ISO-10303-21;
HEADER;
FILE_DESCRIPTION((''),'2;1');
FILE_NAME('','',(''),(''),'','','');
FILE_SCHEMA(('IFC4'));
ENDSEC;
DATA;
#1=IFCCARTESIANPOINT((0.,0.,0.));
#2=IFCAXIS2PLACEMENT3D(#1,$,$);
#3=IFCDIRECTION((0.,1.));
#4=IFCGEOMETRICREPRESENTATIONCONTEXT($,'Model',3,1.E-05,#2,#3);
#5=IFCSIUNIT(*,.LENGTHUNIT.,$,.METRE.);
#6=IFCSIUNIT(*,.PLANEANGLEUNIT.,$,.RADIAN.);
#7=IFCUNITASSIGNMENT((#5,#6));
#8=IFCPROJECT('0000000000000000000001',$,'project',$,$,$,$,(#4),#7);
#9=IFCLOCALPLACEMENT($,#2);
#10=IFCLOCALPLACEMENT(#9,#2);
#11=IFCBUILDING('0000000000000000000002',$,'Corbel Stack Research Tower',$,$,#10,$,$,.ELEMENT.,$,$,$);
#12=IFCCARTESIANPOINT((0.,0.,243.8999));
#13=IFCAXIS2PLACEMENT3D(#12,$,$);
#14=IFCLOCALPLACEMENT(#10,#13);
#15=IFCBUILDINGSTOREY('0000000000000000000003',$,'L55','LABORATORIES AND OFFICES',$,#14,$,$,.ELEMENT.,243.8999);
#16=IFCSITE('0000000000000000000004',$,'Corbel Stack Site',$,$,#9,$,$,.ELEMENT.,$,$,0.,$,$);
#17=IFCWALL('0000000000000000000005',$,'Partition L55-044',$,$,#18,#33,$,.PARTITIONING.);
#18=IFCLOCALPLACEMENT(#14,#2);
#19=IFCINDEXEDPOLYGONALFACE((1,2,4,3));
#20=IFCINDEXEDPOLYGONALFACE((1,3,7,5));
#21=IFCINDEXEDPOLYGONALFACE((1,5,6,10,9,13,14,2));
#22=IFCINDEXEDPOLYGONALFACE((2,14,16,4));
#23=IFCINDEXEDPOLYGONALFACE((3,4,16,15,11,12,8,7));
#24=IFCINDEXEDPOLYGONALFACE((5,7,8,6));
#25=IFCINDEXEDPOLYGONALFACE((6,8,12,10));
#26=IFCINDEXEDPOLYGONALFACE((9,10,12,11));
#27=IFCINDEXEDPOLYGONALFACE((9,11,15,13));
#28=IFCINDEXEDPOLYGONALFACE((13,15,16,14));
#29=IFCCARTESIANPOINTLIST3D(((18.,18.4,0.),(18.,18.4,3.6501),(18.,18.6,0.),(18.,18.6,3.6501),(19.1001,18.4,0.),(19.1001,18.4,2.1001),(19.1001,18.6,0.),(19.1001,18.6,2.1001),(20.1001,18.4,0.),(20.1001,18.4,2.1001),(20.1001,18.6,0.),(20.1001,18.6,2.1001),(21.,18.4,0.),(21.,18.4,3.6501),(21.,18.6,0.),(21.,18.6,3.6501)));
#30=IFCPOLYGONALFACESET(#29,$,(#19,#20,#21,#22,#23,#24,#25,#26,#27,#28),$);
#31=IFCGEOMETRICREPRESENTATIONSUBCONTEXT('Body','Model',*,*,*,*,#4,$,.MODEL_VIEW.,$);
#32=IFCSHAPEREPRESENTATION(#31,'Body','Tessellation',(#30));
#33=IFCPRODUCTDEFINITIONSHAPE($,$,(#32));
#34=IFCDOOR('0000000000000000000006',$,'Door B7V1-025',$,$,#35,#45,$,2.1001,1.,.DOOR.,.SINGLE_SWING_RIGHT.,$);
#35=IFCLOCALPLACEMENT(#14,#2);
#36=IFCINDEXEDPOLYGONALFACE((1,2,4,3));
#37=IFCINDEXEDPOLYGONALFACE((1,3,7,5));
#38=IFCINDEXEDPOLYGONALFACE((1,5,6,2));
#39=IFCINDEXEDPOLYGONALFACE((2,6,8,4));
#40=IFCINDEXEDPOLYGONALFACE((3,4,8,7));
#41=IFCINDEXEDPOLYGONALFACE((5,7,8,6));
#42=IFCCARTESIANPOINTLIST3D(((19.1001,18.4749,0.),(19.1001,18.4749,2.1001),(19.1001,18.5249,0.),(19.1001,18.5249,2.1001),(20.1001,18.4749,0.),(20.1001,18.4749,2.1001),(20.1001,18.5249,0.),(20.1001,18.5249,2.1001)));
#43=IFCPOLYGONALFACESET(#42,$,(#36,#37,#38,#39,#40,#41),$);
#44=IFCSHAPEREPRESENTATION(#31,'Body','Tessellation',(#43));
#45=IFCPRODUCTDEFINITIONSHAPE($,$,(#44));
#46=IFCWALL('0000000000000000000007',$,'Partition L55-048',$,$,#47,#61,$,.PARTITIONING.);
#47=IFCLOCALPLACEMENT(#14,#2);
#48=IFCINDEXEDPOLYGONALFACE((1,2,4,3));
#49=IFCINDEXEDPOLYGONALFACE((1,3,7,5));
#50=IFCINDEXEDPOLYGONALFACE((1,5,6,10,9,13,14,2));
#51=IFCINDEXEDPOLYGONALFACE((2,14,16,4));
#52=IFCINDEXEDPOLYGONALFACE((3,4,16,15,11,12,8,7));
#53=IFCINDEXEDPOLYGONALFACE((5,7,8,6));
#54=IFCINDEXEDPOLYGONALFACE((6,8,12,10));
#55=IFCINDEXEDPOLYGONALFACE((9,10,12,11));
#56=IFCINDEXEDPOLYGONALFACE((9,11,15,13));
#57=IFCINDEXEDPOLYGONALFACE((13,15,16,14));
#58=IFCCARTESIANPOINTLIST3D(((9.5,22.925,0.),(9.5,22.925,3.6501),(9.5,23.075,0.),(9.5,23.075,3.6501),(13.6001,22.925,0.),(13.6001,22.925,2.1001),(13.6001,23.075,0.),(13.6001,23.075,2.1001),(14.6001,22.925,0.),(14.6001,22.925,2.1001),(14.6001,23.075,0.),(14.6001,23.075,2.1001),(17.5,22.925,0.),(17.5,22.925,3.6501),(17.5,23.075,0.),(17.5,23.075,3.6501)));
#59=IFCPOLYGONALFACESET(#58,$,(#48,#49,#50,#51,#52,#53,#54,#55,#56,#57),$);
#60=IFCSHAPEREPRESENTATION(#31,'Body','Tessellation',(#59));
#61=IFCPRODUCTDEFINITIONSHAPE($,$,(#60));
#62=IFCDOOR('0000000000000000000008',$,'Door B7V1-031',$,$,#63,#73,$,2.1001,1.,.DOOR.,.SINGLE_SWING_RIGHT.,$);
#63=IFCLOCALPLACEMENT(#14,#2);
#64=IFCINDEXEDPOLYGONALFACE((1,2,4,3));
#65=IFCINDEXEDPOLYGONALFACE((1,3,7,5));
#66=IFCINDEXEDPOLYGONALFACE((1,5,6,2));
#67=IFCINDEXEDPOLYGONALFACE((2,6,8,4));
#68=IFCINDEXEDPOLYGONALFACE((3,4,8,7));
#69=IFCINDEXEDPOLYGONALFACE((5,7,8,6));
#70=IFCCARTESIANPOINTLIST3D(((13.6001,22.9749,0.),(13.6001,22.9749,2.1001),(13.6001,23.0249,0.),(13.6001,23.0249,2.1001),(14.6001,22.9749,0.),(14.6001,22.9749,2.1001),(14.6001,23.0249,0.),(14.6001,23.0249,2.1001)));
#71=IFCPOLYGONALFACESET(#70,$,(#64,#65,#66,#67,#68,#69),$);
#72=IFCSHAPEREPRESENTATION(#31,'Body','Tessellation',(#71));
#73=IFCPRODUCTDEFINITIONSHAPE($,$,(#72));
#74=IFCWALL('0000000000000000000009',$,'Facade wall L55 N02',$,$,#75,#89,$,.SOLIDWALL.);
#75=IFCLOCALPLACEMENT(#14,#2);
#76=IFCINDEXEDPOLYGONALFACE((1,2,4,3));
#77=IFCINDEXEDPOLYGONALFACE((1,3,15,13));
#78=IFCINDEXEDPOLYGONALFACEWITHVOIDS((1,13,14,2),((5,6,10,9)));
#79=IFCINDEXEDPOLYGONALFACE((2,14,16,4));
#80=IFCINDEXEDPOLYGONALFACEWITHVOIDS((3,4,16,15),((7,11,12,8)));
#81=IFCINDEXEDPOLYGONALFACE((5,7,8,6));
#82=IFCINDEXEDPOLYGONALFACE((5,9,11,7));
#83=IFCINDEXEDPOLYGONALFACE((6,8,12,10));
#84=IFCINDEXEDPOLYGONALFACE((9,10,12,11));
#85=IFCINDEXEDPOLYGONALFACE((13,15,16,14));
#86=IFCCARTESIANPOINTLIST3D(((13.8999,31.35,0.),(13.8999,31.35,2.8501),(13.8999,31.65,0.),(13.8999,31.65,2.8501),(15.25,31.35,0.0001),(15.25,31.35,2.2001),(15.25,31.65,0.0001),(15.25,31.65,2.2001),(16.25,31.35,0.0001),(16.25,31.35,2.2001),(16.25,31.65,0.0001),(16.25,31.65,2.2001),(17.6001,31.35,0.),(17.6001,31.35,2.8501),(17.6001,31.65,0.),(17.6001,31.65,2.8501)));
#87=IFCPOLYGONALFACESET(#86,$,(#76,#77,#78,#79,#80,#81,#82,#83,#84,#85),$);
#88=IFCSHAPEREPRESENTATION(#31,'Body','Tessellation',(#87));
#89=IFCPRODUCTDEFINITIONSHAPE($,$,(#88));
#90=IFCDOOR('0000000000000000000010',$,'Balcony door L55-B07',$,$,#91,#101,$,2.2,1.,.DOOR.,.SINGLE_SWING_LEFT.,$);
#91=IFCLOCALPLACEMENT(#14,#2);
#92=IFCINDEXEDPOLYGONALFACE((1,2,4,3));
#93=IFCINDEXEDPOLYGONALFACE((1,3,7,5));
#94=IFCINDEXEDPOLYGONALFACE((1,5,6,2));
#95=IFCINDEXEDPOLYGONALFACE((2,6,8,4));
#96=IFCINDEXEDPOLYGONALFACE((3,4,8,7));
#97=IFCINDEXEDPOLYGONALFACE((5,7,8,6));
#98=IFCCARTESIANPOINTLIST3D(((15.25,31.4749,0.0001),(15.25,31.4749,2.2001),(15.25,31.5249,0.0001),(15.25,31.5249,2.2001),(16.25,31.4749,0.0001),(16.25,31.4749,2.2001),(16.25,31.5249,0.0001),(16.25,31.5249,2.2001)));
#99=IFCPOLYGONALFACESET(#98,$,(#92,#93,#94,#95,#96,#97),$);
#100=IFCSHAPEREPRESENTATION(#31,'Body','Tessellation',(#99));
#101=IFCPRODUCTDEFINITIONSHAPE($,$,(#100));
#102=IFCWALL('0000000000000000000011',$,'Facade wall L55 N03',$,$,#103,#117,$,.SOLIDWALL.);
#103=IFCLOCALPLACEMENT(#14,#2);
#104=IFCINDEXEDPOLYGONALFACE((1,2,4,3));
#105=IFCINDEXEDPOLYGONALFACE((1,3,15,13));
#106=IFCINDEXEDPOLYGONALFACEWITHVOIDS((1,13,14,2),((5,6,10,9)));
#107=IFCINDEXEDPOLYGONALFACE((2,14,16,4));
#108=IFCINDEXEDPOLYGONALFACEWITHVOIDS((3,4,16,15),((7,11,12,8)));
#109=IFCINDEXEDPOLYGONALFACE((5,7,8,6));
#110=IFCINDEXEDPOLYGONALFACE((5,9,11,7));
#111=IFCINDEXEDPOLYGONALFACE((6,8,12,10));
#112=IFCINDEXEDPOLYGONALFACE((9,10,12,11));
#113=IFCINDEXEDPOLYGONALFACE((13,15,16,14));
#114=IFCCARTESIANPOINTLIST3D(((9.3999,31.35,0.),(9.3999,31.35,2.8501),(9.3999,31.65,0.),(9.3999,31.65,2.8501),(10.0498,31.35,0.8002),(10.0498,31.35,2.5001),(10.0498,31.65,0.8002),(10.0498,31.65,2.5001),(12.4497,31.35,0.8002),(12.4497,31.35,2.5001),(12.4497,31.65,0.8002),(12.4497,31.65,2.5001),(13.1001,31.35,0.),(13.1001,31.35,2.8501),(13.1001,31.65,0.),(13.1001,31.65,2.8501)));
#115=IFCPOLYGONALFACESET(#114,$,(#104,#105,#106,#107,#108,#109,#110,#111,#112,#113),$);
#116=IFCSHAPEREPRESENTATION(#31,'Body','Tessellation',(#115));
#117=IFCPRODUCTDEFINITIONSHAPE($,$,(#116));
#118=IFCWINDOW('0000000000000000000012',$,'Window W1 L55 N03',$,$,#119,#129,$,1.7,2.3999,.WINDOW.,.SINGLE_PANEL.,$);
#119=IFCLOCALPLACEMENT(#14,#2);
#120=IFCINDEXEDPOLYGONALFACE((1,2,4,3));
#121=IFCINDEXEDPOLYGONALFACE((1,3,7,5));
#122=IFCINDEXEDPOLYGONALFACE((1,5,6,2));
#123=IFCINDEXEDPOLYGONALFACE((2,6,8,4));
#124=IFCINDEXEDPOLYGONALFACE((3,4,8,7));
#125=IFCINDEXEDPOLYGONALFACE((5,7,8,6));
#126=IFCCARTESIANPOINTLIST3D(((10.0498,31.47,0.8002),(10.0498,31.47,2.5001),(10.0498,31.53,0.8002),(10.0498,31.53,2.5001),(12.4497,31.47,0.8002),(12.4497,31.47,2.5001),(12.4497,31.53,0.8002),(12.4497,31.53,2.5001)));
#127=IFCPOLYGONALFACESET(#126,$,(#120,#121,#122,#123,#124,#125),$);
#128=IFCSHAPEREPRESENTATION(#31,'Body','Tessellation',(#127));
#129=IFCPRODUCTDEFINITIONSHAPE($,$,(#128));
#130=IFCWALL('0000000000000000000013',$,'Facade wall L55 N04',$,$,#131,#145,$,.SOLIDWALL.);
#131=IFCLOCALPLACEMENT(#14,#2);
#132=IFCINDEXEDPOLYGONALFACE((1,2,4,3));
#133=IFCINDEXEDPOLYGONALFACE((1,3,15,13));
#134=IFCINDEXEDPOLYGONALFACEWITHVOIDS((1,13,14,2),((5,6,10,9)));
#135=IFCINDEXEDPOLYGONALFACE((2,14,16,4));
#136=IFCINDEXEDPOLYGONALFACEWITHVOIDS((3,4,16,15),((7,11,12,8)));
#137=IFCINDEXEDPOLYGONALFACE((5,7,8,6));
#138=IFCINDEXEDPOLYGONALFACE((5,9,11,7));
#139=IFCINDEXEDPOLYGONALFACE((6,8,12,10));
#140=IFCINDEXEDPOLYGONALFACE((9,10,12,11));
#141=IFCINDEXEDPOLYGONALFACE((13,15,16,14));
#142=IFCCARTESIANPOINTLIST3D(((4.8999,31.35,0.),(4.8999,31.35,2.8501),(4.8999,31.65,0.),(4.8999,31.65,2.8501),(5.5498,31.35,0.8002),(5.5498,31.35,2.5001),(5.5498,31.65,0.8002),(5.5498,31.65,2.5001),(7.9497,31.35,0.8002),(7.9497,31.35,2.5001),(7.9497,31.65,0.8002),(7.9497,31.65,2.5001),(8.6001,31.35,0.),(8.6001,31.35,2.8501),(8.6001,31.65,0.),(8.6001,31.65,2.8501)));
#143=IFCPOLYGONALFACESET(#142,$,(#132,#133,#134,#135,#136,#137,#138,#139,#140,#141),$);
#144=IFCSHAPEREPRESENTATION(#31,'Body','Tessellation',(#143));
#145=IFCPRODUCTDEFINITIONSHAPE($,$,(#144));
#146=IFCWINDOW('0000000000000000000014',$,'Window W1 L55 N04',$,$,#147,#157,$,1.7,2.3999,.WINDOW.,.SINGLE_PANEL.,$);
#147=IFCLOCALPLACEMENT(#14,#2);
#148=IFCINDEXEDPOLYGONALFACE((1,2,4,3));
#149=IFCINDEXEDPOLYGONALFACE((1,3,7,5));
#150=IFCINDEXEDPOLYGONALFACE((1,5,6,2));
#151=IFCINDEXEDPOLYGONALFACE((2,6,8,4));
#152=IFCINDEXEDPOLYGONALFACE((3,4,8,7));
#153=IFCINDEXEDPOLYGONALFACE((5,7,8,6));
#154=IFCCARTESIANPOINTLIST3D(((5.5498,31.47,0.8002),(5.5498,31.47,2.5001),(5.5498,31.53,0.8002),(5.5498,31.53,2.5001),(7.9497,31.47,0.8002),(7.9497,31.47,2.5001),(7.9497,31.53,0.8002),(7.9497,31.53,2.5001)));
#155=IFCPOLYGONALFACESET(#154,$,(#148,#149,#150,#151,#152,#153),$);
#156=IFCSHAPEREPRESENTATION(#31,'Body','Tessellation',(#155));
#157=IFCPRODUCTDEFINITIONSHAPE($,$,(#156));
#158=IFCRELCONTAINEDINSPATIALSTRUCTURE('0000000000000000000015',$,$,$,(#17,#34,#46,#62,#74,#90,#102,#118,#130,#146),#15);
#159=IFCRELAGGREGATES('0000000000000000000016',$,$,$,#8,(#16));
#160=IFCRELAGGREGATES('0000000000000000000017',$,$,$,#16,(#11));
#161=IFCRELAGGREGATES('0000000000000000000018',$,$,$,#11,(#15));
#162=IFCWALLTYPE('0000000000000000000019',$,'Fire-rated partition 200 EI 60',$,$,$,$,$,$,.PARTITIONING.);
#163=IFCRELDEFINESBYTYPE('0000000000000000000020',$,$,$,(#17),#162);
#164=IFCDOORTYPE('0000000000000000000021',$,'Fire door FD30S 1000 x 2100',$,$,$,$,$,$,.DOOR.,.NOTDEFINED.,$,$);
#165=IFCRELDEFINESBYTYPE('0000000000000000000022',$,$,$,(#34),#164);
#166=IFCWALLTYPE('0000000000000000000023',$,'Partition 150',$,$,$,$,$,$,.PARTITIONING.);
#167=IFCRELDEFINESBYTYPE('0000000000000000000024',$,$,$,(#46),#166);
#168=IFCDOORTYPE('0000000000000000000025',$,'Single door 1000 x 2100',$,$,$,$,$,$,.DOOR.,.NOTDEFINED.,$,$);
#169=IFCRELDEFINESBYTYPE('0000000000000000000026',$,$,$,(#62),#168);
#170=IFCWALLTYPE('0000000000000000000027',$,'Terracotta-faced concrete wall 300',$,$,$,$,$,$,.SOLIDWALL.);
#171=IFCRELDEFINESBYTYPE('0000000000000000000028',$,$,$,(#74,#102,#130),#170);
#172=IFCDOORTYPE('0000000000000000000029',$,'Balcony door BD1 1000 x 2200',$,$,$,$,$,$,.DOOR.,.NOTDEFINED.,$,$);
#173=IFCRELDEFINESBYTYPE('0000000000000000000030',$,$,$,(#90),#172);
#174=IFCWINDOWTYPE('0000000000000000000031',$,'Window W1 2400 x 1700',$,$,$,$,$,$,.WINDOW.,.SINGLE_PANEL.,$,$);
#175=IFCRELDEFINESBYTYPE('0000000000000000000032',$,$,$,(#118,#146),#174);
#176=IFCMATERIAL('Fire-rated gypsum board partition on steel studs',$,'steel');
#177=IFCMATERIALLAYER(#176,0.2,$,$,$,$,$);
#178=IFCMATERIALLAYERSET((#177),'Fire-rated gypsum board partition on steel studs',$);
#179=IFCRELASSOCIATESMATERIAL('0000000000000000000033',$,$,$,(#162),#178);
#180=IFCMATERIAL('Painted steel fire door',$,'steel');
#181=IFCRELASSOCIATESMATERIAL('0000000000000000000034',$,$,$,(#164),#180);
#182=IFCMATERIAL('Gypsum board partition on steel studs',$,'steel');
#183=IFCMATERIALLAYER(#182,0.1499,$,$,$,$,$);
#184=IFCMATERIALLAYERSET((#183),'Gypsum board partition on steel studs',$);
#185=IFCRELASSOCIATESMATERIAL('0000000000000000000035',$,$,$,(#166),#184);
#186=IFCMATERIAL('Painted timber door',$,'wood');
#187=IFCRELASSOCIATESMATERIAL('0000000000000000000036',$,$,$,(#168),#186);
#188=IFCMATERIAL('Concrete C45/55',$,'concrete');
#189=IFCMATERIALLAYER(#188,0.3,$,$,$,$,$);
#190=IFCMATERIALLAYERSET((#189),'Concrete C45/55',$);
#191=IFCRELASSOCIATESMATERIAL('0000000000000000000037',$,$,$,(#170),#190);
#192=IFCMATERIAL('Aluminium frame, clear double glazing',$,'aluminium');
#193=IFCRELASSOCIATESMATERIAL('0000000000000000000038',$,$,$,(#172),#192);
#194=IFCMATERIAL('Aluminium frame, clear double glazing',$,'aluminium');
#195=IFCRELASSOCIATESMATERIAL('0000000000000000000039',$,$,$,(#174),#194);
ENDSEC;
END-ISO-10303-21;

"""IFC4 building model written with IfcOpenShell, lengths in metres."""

from ifc_helpers import new_model, si_unit, direction, frame, frame_2d, origin, place, context, subcontext, project, spatial, rectangle, extrude, material, layer, layer_set, type_object, element, fill, save


model = new_model("IFC4")

# Units and contexts
model_context = context("Model", 3, precision=1e-05, world=origin(), true_north=direction((0.0, 1.0)))
body_context = subcontext(model_context, "Body", "Model", "MODEL_VIEW")
ifc_project = project(units=[si_unit("LENGTHUNIT", "METRE"), si_unit("PLANEANGLEUNIT", "RADIAN")], contexts=[model_context])

# Site, building, storey
site_placement = place(None, origin())
site = spatial("IfcSite", under=ifc_project, at=site_placement, Name="Corbel Stack Site", CompositionType="ELEMENT", RefElevation=0.0)
building_placement = place(site_placement, origin())
building = spatial("IfcBuilding", under=site, at=building_placement, Name="Corbel Stack Research Tower", CompositionType="ELEMENT")
storey_placement = place(building_placement, frame((0.0, 0.0, 243.8999)))
storey = spatial("IfcBuildingStorey", under=building, at=storey_placement, Name="L55", Description="LABORATORIES AND OFFICES", CompositionType="ELEMENT", Elevation=243.8999)

# Shared definitions
ifc_material_1 = material(Name="Fire-rated gypsum board partition on steel studs", Category="steel")
ifc_layer_1 = layer(ifc_material_1, 0.2)
ifc_layer_set_1 = layer_set([ifc_layer_1], Name="Fire-rated gypsum board partition on steel studs")
wall_type_1 = type_object("IfcWallType", Name="Fire-rated partition 200 EI 60", PredefinedType="PARTITIONING", material=ifc_layer_set_1)

# Walls, openings, doors
wall_1_placement = place(storey_placement, frame((18.0, 18.5, 0.0), z_axis=(0.0, 0.0, 1.0), x_axis=(1.0, 0.0, 0.0)))
wall_1 = element("IfcWall", 1, at=wall_1_placement, inside=storey, type_object=wall_type_1, Name="Partition L55-044", PredefinedType="PARTITIONING", context=body_context, shape_type="SweptSolid", body=[
    extrude(rectangle(XDim=3.0, YDim=0.2, at=frame_2d((1.5, 0.0))), origin(), (0.0, 0.0, 1.0), 3.6501),
])
opening_1_placement = place(wall_1_placement, frame((1.1001, 0.0, 0.0)))
opening_1 = element("IfcOpeningElement", 2, at=opening_1_placement, cuts=wall_1, PredefinedType="OPENING", context=body_context, shape_type="SweptSolid", body=[
    extrude(rectangle(XDim=1.0, YDim=2.1001, at=frame_2d((0.5, 1.05))), frame((0.0, 0.1099, 0.0), z_axis=(0.0, -1.0, 0.0), x_axis=(1.0, 0.0, 0.0)), (0.0, 0.0, 1.0), 0.22),
])
ifc_material_2 = material(Name="Painted steel fire door", Category="steel")
door_type_1 = type_object("IfcDoorType", Name="Fire door FD30S 1000 x 2100", OperationType="NOTDEFINED", PredefinedType="DOOR", material=ifc_material_2)
door_1_placement = place(opening_1_placement, origin())
door_1 = element("IfcDoor", 3, at=door_1_placement, inside=storey, type_object=door_type_1, Name="Door B7V1-025", OperationType="SINGLE_SWING_RIGHT", OverallHeight=2.1001, OverallWidth=1.0, PredefinedType="DOOR", context=body_context, shape_type="SweptSolid", body=[
    extrude(rectangle(XDim=1.0, YDim=2.1001, at=frame_2d((0.5, 1.05))), frame((0.0, 0.0249, 0.0), z_axis=(0.0, -1.0, 0.0), x_axis=(1.0, 0.0, 0.0)), (0.0, 0.0, 1.0), 0.05),
])
fill(opening_1, door_1)
ifc_material_3 = material(Name="Gypsum board partition on steel studs", Category="steel")
ifc_layer_2 = layer(ifc_material_3, 0.1499)
ifc_layer_set_2 = layer_set([ifc_layer_2], Name="Gypsum board partition on steel studs")
wall_type_2 = type_object("IfcWallType", Name="Partition 150", PredefinedType="PARTITIONING", material=ifc_layer_set_2)
wall_2_placement = place(storey_placement, frame((9.5, 23.0, 0.0), z_axis=(0.0, 0.0, 1.0), x_axis=(1.0, 0.0, 0.0)))
wall_2 = element("IfcWall", 4, at=wall_2_placement, inside=storey, type_object=wall_type_2, Name="Partition L55-048", PredefinedType="PARTITIONING", context=body_context, shape_type="SweptSolid", body=[
    extrude(rectangle(XDim=8.0, YDim=0.1499, at=frame_2d((4.0, 0.0))), origin(), (0.0, 0.0, 1.0), 3.6501),
])
opening_2_placement = place(wall_2_placement, frame((4.1001, 0.0, 0.0)))
opening_2 = element("IfcOpeningElement", 5, at=opening_2_placement, cuts=wall_2, PredefinedType="OPENING", context=body_context, shape_type="SweptSolid", body=[
    extrude(rectangle(XDim=1.0, YDim=2.1001, at=frame_2d((0.5, 1.05))), frame((0.0, 0.085, 0.0), z_axis=(0.0, -1.0, 0.0), x_axis=(1.0, 0.0, 0.0)), (0.0, 0.0, 1.0), 0.1699),
])
ifc_material_4 = material(Name="Painted timber door", Category="wood")
door_type_2 = type_object("IfcDoorType", Name="Single door 1000 x 2100", OperationType="NOTDEFINED", PredefinedType="DOOR", material=ifc_material_4)
door_2_placement = place(opening_2_placement, origin())
door_2 = element("IfcDoor", 6, at=door_2_placement, inside=storey, type_object=door_type_2, Name="Door B7V1-031", OperationType="SINGLE_SWING_RIGHT", OverallHeight=2.1001, OverallWidth=1.0, PredefinedType="DOOR", context=body_context, shape_type="SweptSolid", body=[
    extrude(rectangle(XDim=1.0, YDim=2.1001, at=frame_2d((0.5, 1.05))), frame((0.0, 0.0249, 0.0), z_axis=(0.0, -1.0, 0.0), x_axis=(1.0, 0.0, 0.0)), (0.0, 0.0, 1.0), 0.05),
])
fill(opening_2, door_2)
ifc_material_5 = material(Name="Concrete C45/55", Category="concrete")
ifc_layer_3 = layer(ifc_material_5, 0.3)
ifc_layer_set_3 = layer_set([ifc_layer_3], Name="Concrete C45/55")
wall_type_3 = type_object("IfcWallType", Name="Terracotta-faced concrete wall 300", PredefinedType="SOLIDWALL", material=ifc_layer_set_3)
wall_3_placement = place(storey_placement, frame((13.8999, 31.5, 0.0), z_axis=(0.0, 0.0, 1.0), x_axis=(1.0, 0.0, 0.0)))
wall_3 = element("IfcWall", 7, at=wall_3_placement, inside=storey, type_object=wall_type_3, Name="Facade wall L55 N02", PredefinedType="SOLIDWALL", context=body_context, shape_type="SweptSolid", body=[
    extrude(rectangle(XDim=3.7002, YDim=0.3, at=frame_2d((1.8501, 0.0))), origin(), (0.0, 0.0, 1.0), 2.8501),
])
opening_3_placement = place(wall_3_placement, frame((1.3501, 0.0, 0.0)))
opening_3 = element("IfcOpeningElement", 8, at=opening_3_placement, cuts=wall_3, PredefinedType="OPENING", context=body_context, shape_type="SweptSolid", body=[
    extrude(rectangle(XDim=1.0, YDim=2.2, at=frame_2d((0.5, 1.1001))), frame((0.0, 0.1599, 0.0), z_axis=(0.0, -1.0, 0.0), x_axis=(1.0, 0.0, 0.0)), (0.0, 0.0, 1.0), 0.3201),
])
ifc_material_6 = material(Name="Aluminium frame, clear double glazing", Category="aluminium")
door_type_3 = type_object("IfcDoorType", Name="Balcony door BD1 1000 x 2200", OperationType="NOTDEFINED", PredefinedType="DOOR", material=ifc_material_6)
door_3_placement = place(opening_3_placement, origin())
door_3 = element("IfcDoor", 9, at=door_3_placement, inside=storey, type_object=door_type_3, Name="Balcony door L55-B07", OperationType="SINGLE_SWING_LEFT", OverallHeight=2.2, OverallWidth=1.0, PredefinedType="DOOR", context=body_context, shape_type="SweptSolid", body=[
    extrude(rectangle(XDim=1.0, YDim=2.2, at=frame_2d((0.5, 1.1001))), frame((0.0, 0.0249, 0.0), z_axis=(0.0, -1.0, 0.0), x_axis=(1.0, 0.0, 0.0)), (0.0, 0.0, 1.0), 0.05),
])
fill(opening_3, door_3)

# Walls, openings, windows
wall_4_placement = place(storey_placement, frame((9.3999, 31.5, 0.0), z_axis=(0.0, 0.0, 1.0), x_axis=(1.0, 0.0, 0.0)))
wall_4 = element("IfcWall", 10, at=wall_4_placement, inside=storey, type_object=wall_type_3, Name="Facade wall L55 N03", PredefinedType="SOLIDWALL", context=body_context, shape_type="SweptSolid", body=[
    extrude(rectangle(XDim=3.7002, YDim=0.3, at=frame_2d((1.8501, 0.0))), origin(), (0.0, 0.0, 1.0), 2.8501),
])
opening_4_placement = place(wall_4_placement, frame((0.6499, 0.0, 0.8)))
opening_4 = element("IfcOpeningElement", 11, at=opening_4_placement, cuts=wall_4, PredefinedType="OPENING", context=body_context, shape_type="SweptSolid", body=[
    extrude(rectangle(XDim=2.3999, YDim=1.7, at=frame_2d((1.2, 0.8501))), frame((0.0, 0.1599, 0.0), z_axis=(0.0, -1.0, 0.0), x_axis=(1.0, 0.0, 0.0)), (0.0, 0.0, 1.0), 0.3201),
])
ifc_material_7 = material(Name="Aluminium frame, clear double glazing", Category="aluminium")
window_type = type_object("IfcWindowType", Name="Window W1 2400 x 1700", PartitioningType="SINGLE_PANEL", PredefinedType="WINDOW", material=ifc_material_7)
window_1_placement = place(opening_4_placement, origin())
window_1 = element("IfcWindow", 12, at=window_1_placement, inside=storey, type_object=window_type, Name="Window W1 L55 N03", OverallHeight=1.7, OverallWidth=2.3999, PartitioningType="SINGLE_PANEL", PredefinedType="WINDOW", context=body_context, shape_type="SweptSolid", body=[
    extrude(rectangle(XDim=2.3999, YDim=1.7, at=frame_2d((1.2, 0.8501))), frame((0.0, 0.03, 0.0), z_axis=(0.0, -1.0, 0.0), x_axis=(1.0, 0.0, 0.0)), (0.0, 0.0, 1.0), 0.0601),
])
fill(opening_4, window_1)
wall_5_placement = place(storey_placement, frame((4.8999, 31.5, 0.0), z_axis=(0.0, 0.0, 1.0), x_axis=(1.0, 0.0, 0.0)))
wall_5 = element("IfcWall", 13, at=wall_5_placement, inside=storey, type_object=wall_type_3, Name="Facade wall L55 N04", PredefinedType="SOLIDWALL", context=body_context, shape_type="SweptSolid", body=[
    extrude(rectangle(XDim=3.7002, YDim=0.3, at=frame_2d((1.8501, 0.0))), origin(), (0.0, 0.0, 1.0), 2.8501),
])
opening_5_placement = place(wall_5_placement, frame((0.6499, 0.0, 0.8)))
opening_5 = element("IfcOpeningElement", 14, at=opening_5_placement, cuts=wall_5, PredefinedType="OPENING", context=body_context, shape_type="SweptSolid", body=[
    extrude(rectangle(XDim=2.3999, YDim=1.7, at=frame_2d((1.2, 0.8501))), frame((0.0, 0.1599, 0.0), z_axis=(0.0, -1.0, 0.0), x_axis=(1.0, 0.0, 0.0)), (0.0, 0.0, 1.0), 0.3201),
])
window_2_placement = place(opening_5_placement, origin())
window_2 = element("IfcWindow", 15, at=window_2_placement, inside=storey, type_object=window_type, Name="Window W1 L55 N04", OverallHeight=1.7, OverallWidth=2.3999, PartitioningType="SINGLE_PANEL", PredefinedType="WINDOW", context=body_context, shape_type="SweptSolid", body=[
    extrude(rectangle(XDim=2.3999, YDim=1.7, at=frame_2d((1.2, 0.8501))), frame((0.0, 0.03, 0.0), z_axis=(0.0, -1.0, 0.0), x_axis=(1.0, 0.0, 0.0)), (0.0, 0.0, 1.0), 0.0601),
])
fill(opening_5, window_2)

save(model, "model.ifc")
